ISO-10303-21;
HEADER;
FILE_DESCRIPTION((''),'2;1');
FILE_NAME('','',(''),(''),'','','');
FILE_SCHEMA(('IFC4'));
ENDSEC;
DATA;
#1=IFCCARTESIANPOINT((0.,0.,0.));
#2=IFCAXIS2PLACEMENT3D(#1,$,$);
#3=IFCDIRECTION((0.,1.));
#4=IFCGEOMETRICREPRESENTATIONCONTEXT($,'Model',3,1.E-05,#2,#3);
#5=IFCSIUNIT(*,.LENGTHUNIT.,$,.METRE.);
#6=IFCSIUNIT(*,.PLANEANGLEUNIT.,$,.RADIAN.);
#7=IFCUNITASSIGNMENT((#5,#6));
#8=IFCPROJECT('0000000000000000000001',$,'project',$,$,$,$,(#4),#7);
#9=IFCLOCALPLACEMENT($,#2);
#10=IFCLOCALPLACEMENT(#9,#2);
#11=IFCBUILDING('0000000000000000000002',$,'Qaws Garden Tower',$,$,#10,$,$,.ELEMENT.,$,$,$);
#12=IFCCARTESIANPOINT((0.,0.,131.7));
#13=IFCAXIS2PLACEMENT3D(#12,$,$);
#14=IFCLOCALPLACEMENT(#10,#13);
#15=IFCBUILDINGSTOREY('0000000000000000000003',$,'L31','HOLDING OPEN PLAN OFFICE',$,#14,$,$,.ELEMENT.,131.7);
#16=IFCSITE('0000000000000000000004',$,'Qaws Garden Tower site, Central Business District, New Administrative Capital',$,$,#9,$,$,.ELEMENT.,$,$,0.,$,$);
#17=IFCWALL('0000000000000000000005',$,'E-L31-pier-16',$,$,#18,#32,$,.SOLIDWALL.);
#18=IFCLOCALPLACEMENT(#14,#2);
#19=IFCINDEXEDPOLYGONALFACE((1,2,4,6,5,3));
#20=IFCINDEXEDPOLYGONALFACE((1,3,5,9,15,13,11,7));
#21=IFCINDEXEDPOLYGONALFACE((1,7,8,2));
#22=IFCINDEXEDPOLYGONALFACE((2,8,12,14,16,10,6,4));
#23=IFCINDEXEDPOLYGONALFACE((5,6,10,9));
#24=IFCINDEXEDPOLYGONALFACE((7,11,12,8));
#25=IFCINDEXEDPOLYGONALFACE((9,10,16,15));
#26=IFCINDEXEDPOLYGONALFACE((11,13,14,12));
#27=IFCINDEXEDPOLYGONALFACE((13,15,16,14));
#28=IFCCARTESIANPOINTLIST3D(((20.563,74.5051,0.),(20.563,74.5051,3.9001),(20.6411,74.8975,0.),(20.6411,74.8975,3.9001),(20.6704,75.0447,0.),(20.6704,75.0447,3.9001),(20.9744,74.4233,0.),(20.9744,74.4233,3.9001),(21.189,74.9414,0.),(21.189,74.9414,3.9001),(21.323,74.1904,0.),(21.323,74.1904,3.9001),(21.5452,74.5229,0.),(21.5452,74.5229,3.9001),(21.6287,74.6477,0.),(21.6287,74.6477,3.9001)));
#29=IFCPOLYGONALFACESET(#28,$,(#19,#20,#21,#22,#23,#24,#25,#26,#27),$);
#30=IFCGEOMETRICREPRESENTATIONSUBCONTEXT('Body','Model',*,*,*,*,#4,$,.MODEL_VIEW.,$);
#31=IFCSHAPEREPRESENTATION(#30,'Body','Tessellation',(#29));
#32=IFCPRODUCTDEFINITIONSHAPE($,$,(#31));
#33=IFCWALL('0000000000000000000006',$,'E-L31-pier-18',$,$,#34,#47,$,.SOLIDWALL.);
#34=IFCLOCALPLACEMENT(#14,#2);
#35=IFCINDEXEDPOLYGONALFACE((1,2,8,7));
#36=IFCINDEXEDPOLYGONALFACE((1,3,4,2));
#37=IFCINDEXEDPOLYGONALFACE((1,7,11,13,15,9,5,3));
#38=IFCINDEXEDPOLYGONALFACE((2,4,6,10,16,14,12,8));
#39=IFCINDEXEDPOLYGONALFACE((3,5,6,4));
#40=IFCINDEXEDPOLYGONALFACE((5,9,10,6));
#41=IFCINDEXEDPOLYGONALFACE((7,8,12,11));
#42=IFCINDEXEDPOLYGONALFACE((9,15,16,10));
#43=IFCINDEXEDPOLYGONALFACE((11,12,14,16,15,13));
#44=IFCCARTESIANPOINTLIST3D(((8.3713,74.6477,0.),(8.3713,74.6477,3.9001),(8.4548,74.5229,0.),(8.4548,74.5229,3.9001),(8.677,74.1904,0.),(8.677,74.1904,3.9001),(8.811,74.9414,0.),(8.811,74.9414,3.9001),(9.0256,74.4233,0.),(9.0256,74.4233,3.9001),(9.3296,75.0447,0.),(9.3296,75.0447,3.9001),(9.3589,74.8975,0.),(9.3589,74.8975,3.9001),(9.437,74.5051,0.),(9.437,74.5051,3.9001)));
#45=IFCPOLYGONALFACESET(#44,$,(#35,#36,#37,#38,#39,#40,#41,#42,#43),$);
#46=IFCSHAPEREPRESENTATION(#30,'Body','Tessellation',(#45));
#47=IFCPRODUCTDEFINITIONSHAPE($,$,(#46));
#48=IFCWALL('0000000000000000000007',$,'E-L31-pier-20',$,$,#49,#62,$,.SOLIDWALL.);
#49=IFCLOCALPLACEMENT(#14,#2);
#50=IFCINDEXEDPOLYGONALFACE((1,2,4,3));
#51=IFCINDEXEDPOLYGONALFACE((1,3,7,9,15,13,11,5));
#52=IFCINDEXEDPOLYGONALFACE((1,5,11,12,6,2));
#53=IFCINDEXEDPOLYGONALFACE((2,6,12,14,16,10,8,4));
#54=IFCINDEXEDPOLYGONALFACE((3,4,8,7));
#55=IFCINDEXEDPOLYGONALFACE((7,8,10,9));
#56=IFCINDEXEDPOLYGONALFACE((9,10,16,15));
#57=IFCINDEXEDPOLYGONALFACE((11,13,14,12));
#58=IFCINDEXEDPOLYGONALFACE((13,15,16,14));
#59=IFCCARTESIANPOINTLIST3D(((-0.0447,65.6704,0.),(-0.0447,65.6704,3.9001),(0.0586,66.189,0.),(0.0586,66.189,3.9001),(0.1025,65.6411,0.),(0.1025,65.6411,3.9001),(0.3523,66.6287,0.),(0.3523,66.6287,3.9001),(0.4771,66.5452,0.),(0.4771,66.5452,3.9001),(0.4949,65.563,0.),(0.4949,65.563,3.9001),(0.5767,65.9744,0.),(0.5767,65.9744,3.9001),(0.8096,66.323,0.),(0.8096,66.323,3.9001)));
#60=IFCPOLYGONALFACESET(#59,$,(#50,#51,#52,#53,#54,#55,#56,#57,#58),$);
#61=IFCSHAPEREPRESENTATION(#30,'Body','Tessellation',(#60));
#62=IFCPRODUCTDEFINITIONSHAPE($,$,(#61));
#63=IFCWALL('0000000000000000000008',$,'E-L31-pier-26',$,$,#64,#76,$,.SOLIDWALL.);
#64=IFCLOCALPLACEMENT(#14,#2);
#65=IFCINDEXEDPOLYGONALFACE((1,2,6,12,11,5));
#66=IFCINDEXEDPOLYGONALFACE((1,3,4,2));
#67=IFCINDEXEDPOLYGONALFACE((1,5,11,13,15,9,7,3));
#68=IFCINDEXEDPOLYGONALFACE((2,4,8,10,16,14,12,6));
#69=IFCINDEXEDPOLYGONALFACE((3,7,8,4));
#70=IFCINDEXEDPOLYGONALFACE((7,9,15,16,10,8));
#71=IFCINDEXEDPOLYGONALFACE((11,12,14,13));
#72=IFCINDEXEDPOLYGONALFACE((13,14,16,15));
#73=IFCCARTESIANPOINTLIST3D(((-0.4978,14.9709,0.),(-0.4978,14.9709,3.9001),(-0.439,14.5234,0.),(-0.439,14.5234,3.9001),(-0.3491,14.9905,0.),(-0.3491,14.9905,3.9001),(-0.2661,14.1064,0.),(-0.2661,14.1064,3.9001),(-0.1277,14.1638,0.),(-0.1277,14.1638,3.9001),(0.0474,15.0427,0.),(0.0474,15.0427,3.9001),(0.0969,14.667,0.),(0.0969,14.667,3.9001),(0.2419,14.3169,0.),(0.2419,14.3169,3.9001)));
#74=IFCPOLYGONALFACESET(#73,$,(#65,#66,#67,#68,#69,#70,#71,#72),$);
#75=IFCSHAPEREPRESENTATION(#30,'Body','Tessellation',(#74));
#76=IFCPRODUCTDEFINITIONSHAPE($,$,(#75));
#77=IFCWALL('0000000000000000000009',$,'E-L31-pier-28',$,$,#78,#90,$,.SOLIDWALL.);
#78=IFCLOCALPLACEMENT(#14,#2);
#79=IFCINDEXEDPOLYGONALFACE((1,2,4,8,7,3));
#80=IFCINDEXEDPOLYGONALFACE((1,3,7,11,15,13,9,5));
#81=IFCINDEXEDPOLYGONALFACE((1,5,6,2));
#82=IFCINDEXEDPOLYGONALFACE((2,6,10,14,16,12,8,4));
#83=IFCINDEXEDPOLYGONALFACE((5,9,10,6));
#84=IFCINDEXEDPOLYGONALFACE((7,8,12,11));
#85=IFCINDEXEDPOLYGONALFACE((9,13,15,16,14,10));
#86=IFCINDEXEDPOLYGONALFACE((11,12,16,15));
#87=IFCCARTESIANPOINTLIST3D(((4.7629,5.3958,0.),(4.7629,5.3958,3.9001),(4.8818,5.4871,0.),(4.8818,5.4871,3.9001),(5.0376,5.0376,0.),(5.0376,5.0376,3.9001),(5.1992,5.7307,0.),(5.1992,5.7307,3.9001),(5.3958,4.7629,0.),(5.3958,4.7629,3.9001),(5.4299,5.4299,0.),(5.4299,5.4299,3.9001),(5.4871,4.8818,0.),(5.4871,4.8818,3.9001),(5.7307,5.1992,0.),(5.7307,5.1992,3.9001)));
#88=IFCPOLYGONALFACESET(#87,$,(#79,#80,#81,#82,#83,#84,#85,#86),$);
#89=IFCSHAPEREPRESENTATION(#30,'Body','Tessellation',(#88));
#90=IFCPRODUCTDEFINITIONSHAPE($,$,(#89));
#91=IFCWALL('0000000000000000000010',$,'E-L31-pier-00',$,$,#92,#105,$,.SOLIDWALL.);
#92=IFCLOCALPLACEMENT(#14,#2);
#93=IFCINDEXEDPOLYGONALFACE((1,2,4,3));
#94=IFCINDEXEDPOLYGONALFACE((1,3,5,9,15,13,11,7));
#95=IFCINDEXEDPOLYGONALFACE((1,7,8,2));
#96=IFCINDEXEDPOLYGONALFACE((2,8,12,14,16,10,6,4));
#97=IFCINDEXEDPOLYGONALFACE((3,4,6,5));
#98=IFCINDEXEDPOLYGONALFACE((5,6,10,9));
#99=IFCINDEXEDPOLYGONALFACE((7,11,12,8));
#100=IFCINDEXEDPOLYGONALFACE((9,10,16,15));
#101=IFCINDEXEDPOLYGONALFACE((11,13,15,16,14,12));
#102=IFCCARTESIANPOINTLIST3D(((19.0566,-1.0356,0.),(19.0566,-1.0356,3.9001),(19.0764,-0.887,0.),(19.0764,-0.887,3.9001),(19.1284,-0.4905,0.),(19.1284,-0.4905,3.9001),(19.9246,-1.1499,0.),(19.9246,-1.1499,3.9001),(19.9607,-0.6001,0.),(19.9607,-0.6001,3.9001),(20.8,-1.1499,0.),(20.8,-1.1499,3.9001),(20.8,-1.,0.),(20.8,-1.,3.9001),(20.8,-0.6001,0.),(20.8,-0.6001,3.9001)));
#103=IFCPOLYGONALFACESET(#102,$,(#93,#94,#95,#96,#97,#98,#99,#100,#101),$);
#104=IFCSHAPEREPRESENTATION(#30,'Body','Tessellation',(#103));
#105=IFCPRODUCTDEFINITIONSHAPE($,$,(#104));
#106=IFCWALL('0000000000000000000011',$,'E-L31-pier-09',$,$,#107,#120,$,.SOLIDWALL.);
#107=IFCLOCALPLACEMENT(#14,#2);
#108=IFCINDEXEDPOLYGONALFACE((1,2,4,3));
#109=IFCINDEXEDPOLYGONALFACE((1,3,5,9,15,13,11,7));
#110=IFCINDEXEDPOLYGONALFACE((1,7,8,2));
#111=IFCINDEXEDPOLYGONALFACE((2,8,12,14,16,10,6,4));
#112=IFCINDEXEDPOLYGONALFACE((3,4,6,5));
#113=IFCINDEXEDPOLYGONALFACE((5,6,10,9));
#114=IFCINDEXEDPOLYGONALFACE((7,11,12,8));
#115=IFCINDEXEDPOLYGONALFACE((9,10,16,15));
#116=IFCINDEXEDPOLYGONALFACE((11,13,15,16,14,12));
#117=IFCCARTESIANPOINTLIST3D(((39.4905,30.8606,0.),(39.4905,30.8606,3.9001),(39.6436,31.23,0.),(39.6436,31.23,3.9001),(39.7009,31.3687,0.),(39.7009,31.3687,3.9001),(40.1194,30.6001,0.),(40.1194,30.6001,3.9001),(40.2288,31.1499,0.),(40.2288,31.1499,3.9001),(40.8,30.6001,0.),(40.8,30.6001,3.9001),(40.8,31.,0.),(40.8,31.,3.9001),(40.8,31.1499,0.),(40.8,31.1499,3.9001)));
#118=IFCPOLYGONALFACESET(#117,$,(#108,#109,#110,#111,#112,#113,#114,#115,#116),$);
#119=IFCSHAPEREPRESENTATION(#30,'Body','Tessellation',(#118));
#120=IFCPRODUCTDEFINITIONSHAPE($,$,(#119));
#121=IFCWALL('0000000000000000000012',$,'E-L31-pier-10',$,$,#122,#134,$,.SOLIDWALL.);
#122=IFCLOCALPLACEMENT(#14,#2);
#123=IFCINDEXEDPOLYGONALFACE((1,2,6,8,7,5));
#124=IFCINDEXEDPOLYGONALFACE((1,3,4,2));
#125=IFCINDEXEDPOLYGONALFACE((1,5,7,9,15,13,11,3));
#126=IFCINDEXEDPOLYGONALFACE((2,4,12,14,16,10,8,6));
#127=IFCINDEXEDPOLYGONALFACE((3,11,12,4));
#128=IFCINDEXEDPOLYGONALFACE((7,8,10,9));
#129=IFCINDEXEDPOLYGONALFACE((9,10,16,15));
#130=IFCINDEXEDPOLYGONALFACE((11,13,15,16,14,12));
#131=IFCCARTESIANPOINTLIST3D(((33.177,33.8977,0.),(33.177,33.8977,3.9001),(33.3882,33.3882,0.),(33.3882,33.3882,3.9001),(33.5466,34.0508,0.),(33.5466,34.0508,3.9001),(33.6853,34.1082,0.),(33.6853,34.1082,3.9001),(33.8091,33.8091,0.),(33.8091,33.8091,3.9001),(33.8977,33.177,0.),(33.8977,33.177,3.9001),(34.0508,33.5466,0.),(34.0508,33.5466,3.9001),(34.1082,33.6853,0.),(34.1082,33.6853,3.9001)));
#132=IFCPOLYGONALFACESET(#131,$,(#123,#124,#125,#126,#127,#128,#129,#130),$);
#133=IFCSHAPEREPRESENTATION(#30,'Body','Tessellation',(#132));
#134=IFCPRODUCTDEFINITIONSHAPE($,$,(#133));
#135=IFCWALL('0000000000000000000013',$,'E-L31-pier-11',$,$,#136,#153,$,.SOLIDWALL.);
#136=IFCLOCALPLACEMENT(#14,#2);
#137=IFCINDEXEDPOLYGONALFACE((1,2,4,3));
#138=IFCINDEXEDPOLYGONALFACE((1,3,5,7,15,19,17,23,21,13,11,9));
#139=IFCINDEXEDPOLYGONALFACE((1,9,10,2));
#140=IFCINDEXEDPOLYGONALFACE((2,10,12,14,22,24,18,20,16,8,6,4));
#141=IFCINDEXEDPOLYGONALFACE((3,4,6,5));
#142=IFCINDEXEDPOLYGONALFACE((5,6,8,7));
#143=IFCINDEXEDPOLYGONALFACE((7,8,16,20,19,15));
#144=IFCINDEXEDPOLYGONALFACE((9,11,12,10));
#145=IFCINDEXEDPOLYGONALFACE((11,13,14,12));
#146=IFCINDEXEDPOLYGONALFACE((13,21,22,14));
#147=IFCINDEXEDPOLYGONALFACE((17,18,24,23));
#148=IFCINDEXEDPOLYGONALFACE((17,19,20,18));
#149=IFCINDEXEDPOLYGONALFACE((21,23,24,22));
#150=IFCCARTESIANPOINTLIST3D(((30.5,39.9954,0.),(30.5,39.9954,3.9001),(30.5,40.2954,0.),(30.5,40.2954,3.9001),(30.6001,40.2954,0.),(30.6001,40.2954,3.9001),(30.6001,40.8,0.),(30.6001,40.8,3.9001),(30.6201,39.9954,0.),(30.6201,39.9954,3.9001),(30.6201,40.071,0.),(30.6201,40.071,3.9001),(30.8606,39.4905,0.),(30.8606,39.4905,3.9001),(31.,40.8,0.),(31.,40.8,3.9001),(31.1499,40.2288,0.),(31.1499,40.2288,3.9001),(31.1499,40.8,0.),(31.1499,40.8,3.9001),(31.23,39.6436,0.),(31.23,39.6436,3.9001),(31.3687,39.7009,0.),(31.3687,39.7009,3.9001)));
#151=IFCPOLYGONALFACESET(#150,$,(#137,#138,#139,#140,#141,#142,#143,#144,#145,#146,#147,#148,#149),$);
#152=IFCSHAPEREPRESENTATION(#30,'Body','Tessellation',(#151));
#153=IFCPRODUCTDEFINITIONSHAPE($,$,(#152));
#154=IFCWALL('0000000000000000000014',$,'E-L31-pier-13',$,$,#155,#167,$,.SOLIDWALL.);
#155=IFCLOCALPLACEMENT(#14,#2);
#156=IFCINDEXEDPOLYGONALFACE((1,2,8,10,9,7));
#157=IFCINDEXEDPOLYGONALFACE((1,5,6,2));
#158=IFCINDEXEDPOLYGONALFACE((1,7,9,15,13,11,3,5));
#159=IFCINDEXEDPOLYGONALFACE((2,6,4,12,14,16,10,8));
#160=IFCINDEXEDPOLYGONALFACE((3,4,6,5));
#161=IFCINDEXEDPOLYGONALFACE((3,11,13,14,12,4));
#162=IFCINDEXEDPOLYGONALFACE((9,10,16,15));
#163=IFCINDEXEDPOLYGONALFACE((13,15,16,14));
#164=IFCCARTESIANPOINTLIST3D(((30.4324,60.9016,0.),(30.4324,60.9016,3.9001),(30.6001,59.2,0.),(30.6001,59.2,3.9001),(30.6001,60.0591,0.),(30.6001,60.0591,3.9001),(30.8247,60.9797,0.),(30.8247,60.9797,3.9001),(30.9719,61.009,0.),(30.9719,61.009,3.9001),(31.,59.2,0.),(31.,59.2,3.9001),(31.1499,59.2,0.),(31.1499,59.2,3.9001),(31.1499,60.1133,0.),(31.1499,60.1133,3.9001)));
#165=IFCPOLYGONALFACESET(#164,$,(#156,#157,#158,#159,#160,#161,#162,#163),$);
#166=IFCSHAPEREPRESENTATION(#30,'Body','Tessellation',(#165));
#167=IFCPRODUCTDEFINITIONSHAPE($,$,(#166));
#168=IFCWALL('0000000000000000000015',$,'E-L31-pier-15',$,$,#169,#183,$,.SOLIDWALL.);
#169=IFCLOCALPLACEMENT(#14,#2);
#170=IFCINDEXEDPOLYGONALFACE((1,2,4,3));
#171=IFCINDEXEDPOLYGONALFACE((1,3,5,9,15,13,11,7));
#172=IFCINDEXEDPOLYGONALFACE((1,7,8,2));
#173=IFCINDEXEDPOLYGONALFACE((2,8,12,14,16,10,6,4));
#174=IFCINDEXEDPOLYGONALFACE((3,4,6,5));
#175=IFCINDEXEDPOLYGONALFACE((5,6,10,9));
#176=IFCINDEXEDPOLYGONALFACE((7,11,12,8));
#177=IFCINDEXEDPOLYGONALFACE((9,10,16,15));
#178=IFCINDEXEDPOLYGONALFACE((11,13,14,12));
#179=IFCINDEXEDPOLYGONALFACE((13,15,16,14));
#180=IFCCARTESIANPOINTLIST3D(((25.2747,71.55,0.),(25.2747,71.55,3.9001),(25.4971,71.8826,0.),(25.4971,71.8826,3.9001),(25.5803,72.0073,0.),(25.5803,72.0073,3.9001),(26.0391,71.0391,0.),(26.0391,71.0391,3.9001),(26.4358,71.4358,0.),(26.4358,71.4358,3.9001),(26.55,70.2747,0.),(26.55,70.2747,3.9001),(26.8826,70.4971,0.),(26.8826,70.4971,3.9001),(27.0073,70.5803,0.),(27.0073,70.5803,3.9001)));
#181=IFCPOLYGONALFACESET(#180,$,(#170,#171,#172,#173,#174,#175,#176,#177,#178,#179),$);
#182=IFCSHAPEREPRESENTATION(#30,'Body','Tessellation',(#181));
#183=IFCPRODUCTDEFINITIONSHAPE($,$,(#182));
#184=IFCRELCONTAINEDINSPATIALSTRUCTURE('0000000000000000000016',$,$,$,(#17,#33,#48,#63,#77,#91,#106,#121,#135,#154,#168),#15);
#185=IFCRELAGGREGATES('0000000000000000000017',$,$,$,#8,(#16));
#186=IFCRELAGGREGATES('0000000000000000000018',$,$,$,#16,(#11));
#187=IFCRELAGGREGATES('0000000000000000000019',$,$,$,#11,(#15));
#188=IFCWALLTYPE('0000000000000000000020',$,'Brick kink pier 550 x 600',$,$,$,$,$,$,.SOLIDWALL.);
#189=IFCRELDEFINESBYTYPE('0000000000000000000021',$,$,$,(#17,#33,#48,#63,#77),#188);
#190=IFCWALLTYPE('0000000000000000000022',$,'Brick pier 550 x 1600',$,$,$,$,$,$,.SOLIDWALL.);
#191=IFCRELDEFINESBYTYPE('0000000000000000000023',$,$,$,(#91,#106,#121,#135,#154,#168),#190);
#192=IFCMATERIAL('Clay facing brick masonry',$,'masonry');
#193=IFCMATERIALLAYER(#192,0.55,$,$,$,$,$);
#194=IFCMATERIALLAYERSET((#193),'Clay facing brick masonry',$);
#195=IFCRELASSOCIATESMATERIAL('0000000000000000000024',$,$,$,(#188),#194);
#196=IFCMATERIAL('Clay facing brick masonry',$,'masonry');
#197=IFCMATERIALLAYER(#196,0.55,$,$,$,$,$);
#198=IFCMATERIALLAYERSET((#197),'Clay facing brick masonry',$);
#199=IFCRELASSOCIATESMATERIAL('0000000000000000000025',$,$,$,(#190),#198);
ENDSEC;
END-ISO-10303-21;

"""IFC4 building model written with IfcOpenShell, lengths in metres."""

from ifc_helpers import new_model, si_unit, direction, frame, origin, place, context, subcontext, project, spatial, polyline, outline, extrude, material, layer, layer_set, type_object, element, save


model = new_model("IFC4")

# Units and contexts
model_context = context("Model", 3, precision=1e-05, world=origin(), true_north=direction((0.0, 1.0)))
body_context = subcontext(model_context, "Body", "Model", "MODEL_VIEW")
ifc_project = project(units=[si_unit("LENGTHUNIT", "METRE"), si_unit("PLANEANGLEUNIT", "RADIAN")], contexts=[model_context])

# Site, building, storey
site_placement = place(None, origin())
site = spatial("IfcSite", under=ifc_project, at=site_placement, Name="Qaws Garden Tower site, Central Business District, New Administrative Capital", CompositionType="ELEMENT", RefElevation=0.0)
building_placement = place(site_placement, origin())
building = spatial("IfcBuilding", under=site, at=building_placement, Name="Qaws Garden Tower", CompositionType="ELEMENT")
storey_placement = place(building_placement, frame((0.0, 0.0, 131.7)))
storey = spatial("IfcBuildingStorey", under=building, at=storey_placement, Name="L31", Description="HOLDING OPEN PLAN OFFICE", CompositionType="ELEMENT", Elevation=131.7)

# Walls
placement = place(storey_placement, origin())
ifc_material_1 = material(Name="Clay facing brick masonry", Category="masonry")
ifc_layer_1 = layer(ifc_material_1, 0.55)
ifc_layer_set_1 = layer_set([ifc_layer_1], Name="Clay facing brick masonry")
wall_type_1 = type_object("IfcWallType", Name="Brick kink pier 550 x 600", PredefinedType="SOLIDWALL", material=ifc_layer_set_1)
element("IfcWall", 1, at=placement, inside=storey, type_object=wall_type_1, Name="E-L31-pier-16", PredefinedType="SOLIDWALL", context=body_context, shape_type="SweptSolid", body=[
    extrude(outline(polyline([(21.5452, 74.5229), (21.6287, 74.6477), (21.189, 74.9414), (20.6704, 75.0447), (20.6411, 74.8975), (20.563, 74.5051), (20.9744, 74.4233), (21.323, 74.1904), (21.5452, 74.5229)])), origin(), (0.0, 0.0, 1.0), 3.9001),
])
element("IfcWall", 2, at=placement, inside=storey, type_object=wall_type_1, Name="E-L31-pier-18", PredefinedType="SOLIDWALL", context=body_context, shape_type="SweptSolid", body=[
    extrude(outline(polyline([(9.3589, 74.8975), (9.3296, 75.0447), (8.811, 74.9414), (8.3713, 74.6477), (8.4548, 74.5229), (8.677, 74.1904), (9.0256, 74.4233), (9.437, 74.5051), (9.3589, 74.8975)])), origin(), (0.0, 0.0, 1.0), 3.9001),
])
element("IfcWall", 3, at=placement, inside=storey, type_object=wall_type_1, Name="E-L31-pier-20", PredefinedType="SOLIDWALL", context=body_context, shape_type="SweptSolid", body=[
    extrude(outline(polyline([(0.4771, 66.5452), (0.3523, 66.6287), (0.0586, 66.189), (-0.0447, 65.6704), (0.1025, 65.6411), (0.4949, 65.563), (0.5767, 65.9744), (0.8096, 66.323), (0.4771, 66.5452)])), origin(), (0.0, 0.0, 1.0), 3.9001),
])
element("IfcWall", 4, at=placement, inside=storey, type_object=wall_type_1, Name="E-L31-pier-26", PredefinedType="SOLIDWALL", context=body_context, shape_type="SweptSolid", body=[
    extrude(outline(polyline([(-0.3491, 14.9905), (-0.4978, 14.9709), (-0.439, 14.5234), (-0.2661, 14.1064), (-0.1277, 14.1638), (0.2419, 14.3169), (0.0969, 14.667), (0.0474, 15.0427), (-0.3491, 14.9905)])), origin(), (0.0, 0.0, 1.0), 3.9001),
])
element("IfcWall", 5, at=placement, inside=storey, type_object=wall_type_1, Name="E-L31-pier-28", PredefinedType="SOLIDWALL", context=body_context, shape_type="SweptSolid", body=[
    extrude(outline(polyline([(4.8818, 5.4871), (4.7629, 5.3958), (5.0376, 5.0376), (5.3958, 4.7629), (5.4871, 4.8818), (5.7307, 5.1992), (5.4299, 5.4299), (5.1992, 5.7307), (4.8818, 5.4871)])), origin(), (0.0, 0.0, 1.0), 3.9001),
])
ifc_material_2 = material(Name="Clay facing brick masonry", Category="masonry")
ifc_layer_2 = layer(ifc_material_2, 0.55)
ifc_layer_set_2 = layer_set([ifc_layer_2], Name="Clay facing brick masonry")
wall_type_2 = type_object("IfcWallType", Name="Brick pier 550 x 1600", PredefinedType="SOLIDWALL", material=ifc_layer_set_2)
element("IfcWall", 6, at=placement, inside=storey, type_object=wall_type_2, Name="E-L31-pier-00", PredefinedType="SOLIDWALL", context=body_context, shape_type="SweptSolid", body=[
    extrude(outline(polyline([(19.0764, -0.887), (19.0566, -1.0356), (19.9246, -1.1499), (20.8, -1.1499), (20.8, -1.0), (20.8, -0.6001), (19.9607, -0.6001), (19.1284, -0.4905), (19.0764, -0.887)])), origin(), (0.0, 0.0, 1.0), 3.9001),
])
element("IfcWall", 7, at=placement, inside=storey, type_object=wall_type_2, Name="E-L31-pier-09", PredefinedType="SOLIDWALL", context=body_context, shape_type="SweptSolid", body=[
    extrude(outline(polyline([(40.8, 31.0), (40.8, 31.1499), (40.2288, 31.1499), (39.7009, 31.3687), (39.6436, 31.23), (39.4905, 30.8606), (40.1194, 30.6001), (40.8, 30.6001), (40.8, 31.0)])), origin(), (0.0, 0.0, 1.0), 3.9001),
])
element("IfcWall", 8, at=placement, inside=storey, type_object=wall_type_2, Name="E-L31-pier-10", PredefinedType="SOLIDWALL", context=body_context, shape_type="SweptSolid", body=[
    extrude(outline(polyline([(34.0508, 33.5466), (34.1082, 33.6853), (33.8091, 33.8091), (33.6853, 34.1082), (33.5466, 34.0508), (33.177, 33.8977), (33.3882, 33.3882), (33.8977, 33.177), (34.0508, 33.5466)])), origin(), (0.0, 0.0, 1.0), 3.9001),
])
element("IfcWall", 9, at=placement, inside=storey, type_object=wall_type_2, Name="E-L31-pier-11", PredefinedType="SOLIDWALL", context=body_context, shape_type="SweptSolid", body=[
    extrude(outline(polyline([(30.6201, 39.9954), (30.6201, 40.071), (30.8606, 39.4905), (31.23, 39.6436), (31.3687, 39.7009), (31.1499, 40.2288), (31.1499, 40.8), (31.0, 40.8), (30.6001, 40.8), (30.6001, 40.2954), (30.5, 40.2954), (30.5, 39.9954), (30.6201, 39.9954)])), origin(), (0.0, 0.0, 1.0), 3.9001),
])
element("IfcWall", 10, at=placement, inside=storey, type_object=wall_type_2, Name="E-L31-pier-13", PredefinedType="SOLIDWALL", context=body_context, shape_type="SweptSolid", body=[
    extrude(outline(polyline([(31.0, 59.2), (31.1499, 59.2), (31.1499, 60.1133), (30.9719, 61.009), (30.8247, 60.9797), (30.4324, 60.9016), (30.6001, 60.0591), (30.6001, 59.2), (31.0, 59.2)])), origin(), (0.0, 0.0, 1.0), 3.9001),
])
element("IfcWall", 11, at=placement, inside=storey, type_object=wall_type_2, Name="E-L31-pier-15", PredefinedType="SOLIDWALL", context=body_context, shape_type="SweptSolid", body=[
    extrude(outline(polyline([(26.8826, 70.4971), (27.0073, 70.5803), (26.4358, 71.4358), (25.5803, 72.0073), (25.4971, 71.8826), (25.2747, 71.55), (26.0391, 71.0391), (26.55, 70.2747), (26.8826, 70.4971)])), origin(), (0.0, 0.0, 1.0), 3.9001),
])

save(model, "model.ifc")
